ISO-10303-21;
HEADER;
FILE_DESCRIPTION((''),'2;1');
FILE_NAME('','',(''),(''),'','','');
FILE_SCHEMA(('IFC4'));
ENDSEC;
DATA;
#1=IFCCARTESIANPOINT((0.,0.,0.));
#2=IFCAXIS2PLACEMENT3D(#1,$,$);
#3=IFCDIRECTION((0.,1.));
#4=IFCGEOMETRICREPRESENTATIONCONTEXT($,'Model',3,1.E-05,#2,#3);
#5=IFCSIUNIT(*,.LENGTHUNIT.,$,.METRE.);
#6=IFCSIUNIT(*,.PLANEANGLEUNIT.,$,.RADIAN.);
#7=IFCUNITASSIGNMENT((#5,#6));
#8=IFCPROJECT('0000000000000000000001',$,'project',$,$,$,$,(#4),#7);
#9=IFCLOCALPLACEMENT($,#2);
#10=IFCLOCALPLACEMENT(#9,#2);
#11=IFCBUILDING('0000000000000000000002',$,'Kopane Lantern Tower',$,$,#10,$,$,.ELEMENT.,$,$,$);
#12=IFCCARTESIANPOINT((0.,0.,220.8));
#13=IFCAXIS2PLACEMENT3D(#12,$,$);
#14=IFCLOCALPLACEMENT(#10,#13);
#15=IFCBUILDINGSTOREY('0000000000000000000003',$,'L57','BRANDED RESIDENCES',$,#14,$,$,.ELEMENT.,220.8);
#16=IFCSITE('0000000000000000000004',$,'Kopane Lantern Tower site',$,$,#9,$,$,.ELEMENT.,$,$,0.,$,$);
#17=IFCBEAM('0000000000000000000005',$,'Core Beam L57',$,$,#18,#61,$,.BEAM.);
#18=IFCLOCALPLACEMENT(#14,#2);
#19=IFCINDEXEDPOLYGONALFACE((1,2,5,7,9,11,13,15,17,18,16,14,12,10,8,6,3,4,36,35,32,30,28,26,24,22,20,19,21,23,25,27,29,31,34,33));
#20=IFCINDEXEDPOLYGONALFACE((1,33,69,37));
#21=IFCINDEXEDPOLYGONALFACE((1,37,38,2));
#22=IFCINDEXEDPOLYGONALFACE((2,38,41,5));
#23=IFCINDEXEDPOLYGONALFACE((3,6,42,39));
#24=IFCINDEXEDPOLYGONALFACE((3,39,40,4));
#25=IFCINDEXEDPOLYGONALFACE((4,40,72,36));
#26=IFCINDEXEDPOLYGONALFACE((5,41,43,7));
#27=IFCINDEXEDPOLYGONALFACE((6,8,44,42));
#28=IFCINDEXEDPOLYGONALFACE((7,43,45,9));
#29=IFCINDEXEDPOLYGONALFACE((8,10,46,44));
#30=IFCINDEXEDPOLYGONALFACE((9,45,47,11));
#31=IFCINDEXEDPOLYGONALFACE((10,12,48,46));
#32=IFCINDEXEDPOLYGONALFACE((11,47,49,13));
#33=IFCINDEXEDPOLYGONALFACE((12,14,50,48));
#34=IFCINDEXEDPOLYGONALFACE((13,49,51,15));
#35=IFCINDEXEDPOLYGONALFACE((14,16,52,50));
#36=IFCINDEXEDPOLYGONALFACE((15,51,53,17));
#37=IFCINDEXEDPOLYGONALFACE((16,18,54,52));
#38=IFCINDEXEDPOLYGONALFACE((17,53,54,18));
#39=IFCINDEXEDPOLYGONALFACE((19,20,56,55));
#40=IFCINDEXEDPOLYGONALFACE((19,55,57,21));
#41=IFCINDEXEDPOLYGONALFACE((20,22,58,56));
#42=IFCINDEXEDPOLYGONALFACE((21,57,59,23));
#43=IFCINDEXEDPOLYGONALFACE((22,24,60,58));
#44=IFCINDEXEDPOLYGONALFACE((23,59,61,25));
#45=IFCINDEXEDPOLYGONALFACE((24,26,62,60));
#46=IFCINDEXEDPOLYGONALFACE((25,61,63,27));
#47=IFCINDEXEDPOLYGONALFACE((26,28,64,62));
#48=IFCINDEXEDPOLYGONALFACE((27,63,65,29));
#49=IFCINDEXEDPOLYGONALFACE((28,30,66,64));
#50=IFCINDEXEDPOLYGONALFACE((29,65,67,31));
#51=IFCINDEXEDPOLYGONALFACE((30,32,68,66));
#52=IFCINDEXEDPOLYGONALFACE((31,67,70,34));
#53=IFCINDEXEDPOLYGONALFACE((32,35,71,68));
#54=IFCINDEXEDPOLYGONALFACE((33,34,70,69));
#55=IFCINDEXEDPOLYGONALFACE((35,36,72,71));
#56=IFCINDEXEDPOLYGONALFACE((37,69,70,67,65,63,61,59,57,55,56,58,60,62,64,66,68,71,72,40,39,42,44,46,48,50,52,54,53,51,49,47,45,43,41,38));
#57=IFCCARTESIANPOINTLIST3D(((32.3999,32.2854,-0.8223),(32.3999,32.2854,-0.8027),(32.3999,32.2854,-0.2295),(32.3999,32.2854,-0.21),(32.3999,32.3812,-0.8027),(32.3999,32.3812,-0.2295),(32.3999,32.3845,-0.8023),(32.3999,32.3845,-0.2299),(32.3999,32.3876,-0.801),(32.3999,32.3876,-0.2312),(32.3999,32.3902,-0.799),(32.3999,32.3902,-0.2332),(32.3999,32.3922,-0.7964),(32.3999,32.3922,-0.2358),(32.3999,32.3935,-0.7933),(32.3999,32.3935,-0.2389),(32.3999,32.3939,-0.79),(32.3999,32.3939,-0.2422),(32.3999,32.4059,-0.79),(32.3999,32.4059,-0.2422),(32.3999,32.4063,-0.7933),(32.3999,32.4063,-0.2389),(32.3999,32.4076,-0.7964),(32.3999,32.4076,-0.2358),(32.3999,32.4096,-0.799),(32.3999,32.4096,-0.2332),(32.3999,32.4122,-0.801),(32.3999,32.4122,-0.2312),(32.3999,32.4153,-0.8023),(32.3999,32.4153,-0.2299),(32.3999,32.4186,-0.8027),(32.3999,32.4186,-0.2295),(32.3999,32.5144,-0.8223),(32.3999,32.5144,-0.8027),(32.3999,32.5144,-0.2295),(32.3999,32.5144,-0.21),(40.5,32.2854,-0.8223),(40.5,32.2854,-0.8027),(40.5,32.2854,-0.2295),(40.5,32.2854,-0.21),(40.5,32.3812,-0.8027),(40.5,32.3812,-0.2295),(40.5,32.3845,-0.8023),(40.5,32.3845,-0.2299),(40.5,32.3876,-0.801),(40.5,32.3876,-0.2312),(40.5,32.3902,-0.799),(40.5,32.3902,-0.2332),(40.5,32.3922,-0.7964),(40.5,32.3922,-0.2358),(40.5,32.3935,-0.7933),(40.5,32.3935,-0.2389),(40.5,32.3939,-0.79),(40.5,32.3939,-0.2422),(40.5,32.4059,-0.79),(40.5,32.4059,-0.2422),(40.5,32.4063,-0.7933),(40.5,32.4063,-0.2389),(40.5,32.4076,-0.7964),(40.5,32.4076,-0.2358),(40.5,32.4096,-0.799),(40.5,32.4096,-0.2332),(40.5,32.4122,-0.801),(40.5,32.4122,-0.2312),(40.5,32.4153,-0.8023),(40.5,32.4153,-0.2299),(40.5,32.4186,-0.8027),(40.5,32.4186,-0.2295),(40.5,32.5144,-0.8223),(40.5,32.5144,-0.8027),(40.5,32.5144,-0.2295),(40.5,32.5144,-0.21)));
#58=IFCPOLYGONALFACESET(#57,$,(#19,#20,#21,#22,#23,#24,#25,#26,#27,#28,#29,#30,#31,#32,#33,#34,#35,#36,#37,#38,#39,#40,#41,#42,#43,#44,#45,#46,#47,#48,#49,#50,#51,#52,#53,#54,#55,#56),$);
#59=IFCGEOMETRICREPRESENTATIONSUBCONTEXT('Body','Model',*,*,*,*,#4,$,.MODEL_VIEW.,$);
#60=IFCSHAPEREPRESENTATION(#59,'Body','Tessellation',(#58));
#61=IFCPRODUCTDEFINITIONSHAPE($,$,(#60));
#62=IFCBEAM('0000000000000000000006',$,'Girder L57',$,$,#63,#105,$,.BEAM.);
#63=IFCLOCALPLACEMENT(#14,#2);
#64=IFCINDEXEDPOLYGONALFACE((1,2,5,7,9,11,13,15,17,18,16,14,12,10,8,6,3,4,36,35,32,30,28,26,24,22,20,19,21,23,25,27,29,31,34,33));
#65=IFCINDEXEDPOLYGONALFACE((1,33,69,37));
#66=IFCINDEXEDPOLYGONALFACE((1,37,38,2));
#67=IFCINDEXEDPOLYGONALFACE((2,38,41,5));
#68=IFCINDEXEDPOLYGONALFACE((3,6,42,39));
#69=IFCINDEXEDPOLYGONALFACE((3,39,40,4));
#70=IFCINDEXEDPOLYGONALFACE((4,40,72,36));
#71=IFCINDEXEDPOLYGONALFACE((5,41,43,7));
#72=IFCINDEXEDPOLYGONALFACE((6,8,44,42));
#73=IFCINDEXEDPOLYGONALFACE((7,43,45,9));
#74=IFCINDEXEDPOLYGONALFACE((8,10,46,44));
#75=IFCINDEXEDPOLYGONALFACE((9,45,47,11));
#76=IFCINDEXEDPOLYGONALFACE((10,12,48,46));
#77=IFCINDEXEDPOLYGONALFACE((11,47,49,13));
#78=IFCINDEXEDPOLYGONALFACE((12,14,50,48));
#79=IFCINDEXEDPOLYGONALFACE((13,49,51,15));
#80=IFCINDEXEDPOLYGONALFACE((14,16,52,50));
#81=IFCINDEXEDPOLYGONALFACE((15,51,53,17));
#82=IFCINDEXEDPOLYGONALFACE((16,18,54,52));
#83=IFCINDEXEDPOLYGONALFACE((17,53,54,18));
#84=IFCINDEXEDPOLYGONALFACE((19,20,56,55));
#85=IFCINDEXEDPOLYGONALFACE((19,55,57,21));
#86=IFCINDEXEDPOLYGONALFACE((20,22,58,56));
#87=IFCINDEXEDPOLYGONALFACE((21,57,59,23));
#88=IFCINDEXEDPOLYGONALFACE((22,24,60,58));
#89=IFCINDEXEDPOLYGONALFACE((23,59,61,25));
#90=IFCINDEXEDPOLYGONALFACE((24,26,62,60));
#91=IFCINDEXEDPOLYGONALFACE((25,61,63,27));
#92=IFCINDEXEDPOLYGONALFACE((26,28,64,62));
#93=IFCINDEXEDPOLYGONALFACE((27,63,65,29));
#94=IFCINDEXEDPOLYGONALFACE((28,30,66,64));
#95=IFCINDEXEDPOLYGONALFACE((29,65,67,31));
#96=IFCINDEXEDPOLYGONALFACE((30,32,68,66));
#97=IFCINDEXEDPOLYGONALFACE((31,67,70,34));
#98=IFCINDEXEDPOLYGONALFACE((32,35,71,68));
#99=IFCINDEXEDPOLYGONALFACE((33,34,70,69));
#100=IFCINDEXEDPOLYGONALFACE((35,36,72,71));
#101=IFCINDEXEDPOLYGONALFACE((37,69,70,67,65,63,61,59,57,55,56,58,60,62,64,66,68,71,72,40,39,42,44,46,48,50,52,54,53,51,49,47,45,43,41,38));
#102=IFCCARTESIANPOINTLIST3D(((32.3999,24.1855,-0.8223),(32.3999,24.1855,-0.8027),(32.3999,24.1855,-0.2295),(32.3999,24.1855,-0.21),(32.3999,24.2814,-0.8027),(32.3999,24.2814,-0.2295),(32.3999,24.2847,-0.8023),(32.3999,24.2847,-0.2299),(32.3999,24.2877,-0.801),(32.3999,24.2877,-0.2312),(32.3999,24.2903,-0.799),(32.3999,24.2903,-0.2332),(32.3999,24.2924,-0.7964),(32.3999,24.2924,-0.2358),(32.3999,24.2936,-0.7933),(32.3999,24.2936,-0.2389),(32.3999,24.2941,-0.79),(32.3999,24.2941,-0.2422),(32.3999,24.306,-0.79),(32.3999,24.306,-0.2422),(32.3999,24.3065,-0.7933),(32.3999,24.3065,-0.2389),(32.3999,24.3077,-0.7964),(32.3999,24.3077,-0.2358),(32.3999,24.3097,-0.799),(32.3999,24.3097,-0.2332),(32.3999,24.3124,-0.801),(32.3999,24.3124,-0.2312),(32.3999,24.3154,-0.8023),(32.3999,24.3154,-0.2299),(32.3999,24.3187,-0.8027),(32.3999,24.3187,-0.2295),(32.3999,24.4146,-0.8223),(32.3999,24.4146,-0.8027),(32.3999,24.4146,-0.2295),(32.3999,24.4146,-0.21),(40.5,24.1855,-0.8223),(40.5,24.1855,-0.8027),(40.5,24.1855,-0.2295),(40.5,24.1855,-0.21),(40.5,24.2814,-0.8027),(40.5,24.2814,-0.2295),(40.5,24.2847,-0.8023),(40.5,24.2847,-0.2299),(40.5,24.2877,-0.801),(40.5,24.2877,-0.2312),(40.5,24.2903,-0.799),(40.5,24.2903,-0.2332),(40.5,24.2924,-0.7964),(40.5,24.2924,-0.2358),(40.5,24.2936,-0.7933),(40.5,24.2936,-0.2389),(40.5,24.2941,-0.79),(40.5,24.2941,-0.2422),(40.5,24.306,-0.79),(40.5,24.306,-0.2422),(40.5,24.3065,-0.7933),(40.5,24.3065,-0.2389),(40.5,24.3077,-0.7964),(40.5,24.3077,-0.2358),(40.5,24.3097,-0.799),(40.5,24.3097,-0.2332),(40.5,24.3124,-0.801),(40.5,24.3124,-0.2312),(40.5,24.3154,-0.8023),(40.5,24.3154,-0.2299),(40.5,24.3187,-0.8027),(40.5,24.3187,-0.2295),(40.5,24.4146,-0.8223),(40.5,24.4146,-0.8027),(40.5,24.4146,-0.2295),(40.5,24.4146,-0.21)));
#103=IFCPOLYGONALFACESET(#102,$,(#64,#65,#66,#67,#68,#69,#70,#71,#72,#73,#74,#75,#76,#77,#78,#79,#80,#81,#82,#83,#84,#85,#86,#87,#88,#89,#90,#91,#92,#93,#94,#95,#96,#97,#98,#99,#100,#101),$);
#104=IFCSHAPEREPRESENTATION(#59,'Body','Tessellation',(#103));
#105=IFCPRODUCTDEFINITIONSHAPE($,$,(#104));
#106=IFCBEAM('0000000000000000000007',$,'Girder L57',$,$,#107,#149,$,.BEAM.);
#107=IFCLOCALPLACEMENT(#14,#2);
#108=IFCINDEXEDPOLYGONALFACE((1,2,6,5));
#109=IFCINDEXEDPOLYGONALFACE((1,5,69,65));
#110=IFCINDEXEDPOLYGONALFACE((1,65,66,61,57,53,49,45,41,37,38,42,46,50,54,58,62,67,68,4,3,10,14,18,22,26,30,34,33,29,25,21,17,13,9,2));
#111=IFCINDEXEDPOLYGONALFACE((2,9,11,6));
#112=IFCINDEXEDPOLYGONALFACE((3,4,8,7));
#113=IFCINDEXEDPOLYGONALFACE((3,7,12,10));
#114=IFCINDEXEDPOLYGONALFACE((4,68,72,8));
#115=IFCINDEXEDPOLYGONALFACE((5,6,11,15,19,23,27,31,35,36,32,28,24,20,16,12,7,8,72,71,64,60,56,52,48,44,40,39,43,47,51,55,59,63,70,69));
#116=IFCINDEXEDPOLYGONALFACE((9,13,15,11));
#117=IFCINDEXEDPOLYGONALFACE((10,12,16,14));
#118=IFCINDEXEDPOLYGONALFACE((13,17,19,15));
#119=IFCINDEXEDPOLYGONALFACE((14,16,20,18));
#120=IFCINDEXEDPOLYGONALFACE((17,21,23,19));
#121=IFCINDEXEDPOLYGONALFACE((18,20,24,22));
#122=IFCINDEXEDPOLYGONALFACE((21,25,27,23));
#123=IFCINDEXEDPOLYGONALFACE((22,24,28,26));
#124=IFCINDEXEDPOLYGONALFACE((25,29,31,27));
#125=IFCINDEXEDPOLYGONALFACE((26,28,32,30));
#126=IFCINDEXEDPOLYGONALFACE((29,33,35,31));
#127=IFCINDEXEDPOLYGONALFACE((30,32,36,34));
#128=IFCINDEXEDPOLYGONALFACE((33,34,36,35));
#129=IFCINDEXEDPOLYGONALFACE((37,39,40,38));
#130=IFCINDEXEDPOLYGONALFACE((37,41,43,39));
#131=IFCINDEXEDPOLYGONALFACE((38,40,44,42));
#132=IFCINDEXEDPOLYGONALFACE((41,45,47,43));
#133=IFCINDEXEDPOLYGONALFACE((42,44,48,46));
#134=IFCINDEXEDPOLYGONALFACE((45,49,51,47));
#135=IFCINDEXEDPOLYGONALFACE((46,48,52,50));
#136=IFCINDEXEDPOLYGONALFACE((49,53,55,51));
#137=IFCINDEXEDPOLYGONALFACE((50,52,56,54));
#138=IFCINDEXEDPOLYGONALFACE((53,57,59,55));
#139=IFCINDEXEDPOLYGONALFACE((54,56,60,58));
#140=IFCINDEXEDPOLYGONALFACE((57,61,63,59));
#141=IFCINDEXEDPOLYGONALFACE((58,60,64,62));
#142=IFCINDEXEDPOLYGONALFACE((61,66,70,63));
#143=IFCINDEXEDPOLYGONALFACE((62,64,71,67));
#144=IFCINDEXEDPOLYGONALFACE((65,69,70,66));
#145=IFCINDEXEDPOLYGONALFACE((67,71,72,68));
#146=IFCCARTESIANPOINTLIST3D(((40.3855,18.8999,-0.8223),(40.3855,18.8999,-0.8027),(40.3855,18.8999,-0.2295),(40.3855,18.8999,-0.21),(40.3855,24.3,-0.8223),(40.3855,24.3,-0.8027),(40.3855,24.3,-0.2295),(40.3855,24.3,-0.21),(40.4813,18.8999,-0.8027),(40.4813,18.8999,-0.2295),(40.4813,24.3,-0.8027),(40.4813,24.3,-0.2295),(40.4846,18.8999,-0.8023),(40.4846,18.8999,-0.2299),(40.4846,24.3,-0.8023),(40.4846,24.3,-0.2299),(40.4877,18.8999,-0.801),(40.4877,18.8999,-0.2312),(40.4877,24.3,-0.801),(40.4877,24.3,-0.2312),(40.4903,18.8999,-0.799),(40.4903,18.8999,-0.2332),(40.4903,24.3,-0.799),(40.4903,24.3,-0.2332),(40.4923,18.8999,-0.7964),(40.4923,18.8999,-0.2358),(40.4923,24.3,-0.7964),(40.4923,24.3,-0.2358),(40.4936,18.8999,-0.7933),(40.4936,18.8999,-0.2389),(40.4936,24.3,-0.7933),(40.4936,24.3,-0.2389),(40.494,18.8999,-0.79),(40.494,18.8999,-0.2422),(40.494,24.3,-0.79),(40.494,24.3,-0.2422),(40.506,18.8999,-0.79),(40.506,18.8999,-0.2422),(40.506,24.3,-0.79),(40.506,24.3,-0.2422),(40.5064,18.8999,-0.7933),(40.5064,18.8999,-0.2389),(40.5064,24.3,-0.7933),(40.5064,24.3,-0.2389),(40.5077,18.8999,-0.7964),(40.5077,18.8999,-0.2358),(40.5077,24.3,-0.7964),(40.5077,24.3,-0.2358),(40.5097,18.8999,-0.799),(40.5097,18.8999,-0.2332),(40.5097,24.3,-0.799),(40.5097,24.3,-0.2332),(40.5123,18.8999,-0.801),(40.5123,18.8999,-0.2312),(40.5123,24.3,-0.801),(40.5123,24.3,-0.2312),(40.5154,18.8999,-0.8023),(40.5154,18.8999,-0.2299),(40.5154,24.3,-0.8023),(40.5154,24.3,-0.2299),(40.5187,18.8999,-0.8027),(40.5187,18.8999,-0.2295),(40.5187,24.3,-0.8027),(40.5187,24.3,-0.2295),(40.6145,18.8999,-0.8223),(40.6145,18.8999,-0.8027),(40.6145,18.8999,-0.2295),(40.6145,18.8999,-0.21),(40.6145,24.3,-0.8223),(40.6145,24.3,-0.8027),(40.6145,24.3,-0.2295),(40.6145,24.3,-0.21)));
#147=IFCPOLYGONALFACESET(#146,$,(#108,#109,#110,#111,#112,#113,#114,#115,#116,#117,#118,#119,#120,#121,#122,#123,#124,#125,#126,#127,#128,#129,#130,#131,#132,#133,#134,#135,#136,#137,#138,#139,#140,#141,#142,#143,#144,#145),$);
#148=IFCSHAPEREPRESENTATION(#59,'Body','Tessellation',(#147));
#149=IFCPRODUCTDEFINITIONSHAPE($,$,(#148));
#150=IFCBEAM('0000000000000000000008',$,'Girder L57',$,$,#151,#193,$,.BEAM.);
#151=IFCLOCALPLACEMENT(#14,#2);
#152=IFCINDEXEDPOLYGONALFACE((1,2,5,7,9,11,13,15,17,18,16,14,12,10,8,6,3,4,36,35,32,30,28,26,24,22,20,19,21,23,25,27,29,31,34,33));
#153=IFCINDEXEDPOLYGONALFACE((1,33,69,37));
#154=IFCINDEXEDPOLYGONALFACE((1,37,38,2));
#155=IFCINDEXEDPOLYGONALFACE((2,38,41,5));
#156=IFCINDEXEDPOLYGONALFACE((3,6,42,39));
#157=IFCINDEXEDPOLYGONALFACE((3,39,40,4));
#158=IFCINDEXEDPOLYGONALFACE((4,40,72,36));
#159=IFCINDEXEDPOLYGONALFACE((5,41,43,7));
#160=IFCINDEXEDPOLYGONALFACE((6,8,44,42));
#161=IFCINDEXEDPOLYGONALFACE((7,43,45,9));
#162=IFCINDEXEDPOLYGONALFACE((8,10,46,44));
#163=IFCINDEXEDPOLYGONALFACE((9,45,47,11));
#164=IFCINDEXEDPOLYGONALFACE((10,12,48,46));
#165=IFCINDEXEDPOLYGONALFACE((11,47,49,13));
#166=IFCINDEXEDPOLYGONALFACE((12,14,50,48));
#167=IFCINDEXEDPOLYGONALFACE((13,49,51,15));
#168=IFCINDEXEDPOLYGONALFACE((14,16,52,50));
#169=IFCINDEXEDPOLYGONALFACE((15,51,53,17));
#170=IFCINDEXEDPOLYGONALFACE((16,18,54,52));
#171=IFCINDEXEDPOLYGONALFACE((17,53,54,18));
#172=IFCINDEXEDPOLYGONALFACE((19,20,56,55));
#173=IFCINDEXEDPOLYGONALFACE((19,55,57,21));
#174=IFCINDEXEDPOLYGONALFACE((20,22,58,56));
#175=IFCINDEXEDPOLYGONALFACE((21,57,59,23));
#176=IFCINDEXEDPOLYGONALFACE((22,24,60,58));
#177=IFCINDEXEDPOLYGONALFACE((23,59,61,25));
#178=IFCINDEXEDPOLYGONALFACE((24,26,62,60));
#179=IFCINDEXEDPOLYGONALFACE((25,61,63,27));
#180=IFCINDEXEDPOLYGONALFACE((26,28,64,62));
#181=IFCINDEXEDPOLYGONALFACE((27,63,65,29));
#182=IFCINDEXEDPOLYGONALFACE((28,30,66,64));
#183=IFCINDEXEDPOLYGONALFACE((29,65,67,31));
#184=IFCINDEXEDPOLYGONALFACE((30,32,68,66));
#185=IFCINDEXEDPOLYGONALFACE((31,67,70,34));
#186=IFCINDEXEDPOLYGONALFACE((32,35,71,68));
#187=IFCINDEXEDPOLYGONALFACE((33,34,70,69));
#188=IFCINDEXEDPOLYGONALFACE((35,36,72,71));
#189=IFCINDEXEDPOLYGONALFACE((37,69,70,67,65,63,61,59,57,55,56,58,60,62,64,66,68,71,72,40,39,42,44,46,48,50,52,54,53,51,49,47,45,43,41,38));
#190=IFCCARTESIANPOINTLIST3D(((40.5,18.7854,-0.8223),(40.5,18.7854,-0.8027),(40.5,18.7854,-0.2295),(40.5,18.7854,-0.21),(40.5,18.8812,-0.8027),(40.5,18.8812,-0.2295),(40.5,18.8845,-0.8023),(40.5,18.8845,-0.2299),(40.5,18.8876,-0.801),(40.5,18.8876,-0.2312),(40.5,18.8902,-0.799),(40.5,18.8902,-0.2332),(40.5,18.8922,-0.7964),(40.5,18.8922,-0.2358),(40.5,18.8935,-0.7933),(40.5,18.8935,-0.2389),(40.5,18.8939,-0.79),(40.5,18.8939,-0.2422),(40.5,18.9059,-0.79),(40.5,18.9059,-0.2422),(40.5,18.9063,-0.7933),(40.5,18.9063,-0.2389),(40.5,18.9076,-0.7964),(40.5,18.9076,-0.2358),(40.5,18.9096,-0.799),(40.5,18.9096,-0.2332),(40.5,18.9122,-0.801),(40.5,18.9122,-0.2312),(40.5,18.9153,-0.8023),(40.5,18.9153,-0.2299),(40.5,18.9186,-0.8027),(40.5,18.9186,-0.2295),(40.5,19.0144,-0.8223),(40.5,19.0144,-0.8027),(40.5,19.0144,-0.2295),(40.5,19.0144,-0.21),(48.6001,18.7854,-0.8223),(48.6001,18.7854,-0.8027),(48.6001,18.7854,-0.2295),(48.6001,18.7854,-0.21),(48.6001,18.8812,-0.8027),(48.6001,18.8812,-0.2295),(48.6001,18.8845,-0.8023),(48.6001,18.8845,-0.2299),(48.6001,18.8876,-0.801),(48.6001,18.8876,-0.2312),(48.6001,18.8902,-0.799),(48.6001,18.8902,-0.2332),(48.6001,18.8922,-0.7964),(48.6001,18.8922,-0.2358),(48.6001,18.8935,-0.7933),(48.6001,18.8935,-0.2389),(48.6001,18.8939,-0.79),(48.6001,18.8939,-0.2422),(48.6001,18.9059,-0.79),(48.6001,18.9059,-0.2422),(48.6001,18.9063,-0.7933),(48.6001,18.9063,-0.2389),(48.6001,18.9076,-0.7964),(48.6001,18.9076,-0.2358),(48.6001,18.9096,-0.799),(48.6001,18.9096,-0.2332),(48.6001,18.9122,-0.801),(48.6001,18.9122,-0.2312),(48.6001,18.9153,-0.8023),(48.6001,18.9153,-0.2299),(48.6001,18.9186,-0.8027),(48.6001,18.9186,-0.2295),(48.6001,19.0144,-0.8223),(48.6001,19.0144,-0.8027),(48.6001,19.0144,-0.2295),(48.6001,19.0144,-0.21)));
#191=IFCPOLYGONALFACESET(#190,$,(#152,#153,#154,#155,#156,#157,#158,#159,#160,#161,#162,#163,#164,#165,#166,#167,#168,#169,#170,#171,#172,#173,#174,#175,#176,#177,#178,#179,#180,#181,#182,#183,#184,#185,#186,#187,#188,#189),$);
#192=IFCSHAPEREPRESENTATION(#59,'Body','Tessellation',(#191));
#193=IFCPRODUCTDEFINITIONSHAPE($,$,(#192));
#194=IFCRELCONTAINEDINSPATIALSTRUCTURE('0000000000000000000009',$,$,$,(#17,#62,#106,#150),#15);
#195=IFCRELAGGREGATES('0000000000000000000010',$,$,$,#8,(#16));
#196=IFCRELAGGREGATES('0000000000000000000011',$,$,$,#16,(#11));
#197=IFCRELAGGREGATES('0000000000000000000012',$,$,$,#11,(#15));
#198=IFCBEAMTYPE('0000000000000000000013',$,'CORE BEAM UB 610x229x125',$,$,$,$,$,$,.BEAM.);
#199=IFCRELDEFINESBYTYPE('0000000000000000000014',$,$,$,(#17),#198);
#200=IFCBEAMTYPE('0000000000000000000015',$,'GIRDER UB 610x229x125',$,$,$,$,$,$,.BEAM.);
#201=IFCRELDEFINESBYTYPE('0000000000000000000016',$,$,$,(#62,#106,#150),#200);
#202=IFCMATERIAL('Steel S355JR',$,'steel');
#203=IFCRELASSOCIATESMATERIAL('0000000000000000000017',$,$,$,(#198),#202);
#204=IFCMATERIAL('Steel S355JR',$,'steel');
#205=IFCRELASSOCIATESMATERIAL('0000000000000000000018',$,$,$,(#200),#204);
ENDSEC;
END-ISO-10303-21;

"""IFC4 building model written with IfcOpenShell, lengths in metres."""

from ifc_helpers import new_model, si_unit, direction, frame, origin, origin_2d, place, context, subcontext, project, spatial, i_section, extrude, material, material_profile, profile_set, type_object, element, save


model = new_model("IFC4")

# Units and contexts
model_context = context("Model", 3, precision=1e-05, world=origin(), true_north=direction((0.0, 1.0)))
body_context = subcontext(model_context, "Body", "Model", "MODEL_VIEW")
ifc_project = project(units=[si_unit("LENGTHUNIT", "METRE"), si_unit("PLANEANGLEUNIT", "RADIAN")], contexts=[model_context])

# Site, building, storey
site_placement = place(None, origin())
site = spatial("IfcSite", under=ifc_project, at=site_placement, Name="Kopane Lantern Tower site", CompositionType="ELEMENT", RefElevation=0.0)
building_placement = place(site_placement, origin())
building = spatial("IfcBuilding", under=site, at=building_placement, Name="Kopane Lantern Tower", CompositionType="ELEMENT")
storey_placement = place(building_placement, frame((0.0, 0.0, 220.8)))
storey = spatial("IfcBuildingStorey", under=building, at=storey_placement, Name="L57", Description="BRANDED RESIDENCES", CompositionType="ELEMENT", Elevation=220.8)

# Beams
ifc_material_1 = material(Name="Steel S355JR", Category="steel")
ifc_material_profile_1 = material_profile(ifc_material_1, i_section(OverallWidth=0.229, OverallDepth=0.6123, WebThickness=0.012, FlangeThickness=0.0195, FilletRadius=0.0127, at=origin_2d()), Name="UB 610x229x125")
ifc_profile_set_1 = profile_set([ifc_material_profile_1], Name="Steel S355JR")
beam_type_1 = type_object("IfcBeamType", Name="CORE BEAM UB 610x229x125", PredefinedType="BEAM", material=ifc_profile_set_1)
for number, where, z_axis, x_axis, name in (
    (1, (32.3999, 32.3999, -0.5161), (1.0, 0.0, 0.0), (0.0, 1.0, 0.0), "Core Beam L57"),
):
    element("IfcBeam", number, at=place(storey_placement, frame(where, z_axis=z_axis, x_axis=x_axis)), inside=storey, type_object=beam_type_1, Name=name, PredefinedType="BEAM", context=body_context, shape_type="SweptSolid", body=[
        extrude(i_section(OverallWidth=0.229, OverallDepth=0.6123, WebThickness=0.012, FlangeThickness=0.0195, FilletRadius=0.0127, at=origin_2d()), origin(), (0.0, 0.0, 1.0), 8.1001),
    ])
ifc_material_2 = material(Name="Steel S355JR", Category="steel")
ifc_material_profile_2 = material_profile(ifc_material_2, i_section(OverallWidth=0.229, OverallDepth=0.6123, WebThickness=0.012, FlangeThickness=0.0195, FilletRadius=0.0127, at=origin_2d()), Name="UB 610x229x125")
ifc_profile_set_2 = profile_set([ifc_material_profile_2], Name="Steel S355JR")
beam_type_2 = type_object("IfcBeamType", Name="GIRDER UB 610x229x125", PredefinedType="BEAM", material=ifc_profile_set_2)
beam_1_placement = place(storey_placement, frame((32.3999, 24.3, -0.5161), z_axis=(1.0, 0.0, 0.0), x_axis=(0.0, 1.0, 0.0)))
element("IfcBeam", 2, at=beam_1_placement, inside=storey, type_object=beam_type_2, Name="Girder L57", PredefinedType="BEAM", context=body_context, shape_type="SweptSolid", body=[
    extrude(i_section(OverallWidth=0.229, OverallDepth=0.6123, WebThickness=0.012, FlangeThickness=0.0195, FilletRadius=0.0127, at=origin_2d()), origin(), (0.0, 0.0, 1.0), 8.1001),
])
beam_2_placement = place(storey_placement, frame((40.5, 18.8999, -0.5161), z_axis=(0.0, 1.0, 0.0), x_axis=(-1.0, 0.0, 0.0)))
element("IfcBeam", 3, at=beam_2_placement, inside=storey, type_object=beam_type_2, Name="Girder L57", PredefinedType="BEAM", context=body_context, shape_type="SweptSolid", body=[
    extrude(i_section(OverallWidth=0.229, OverallDepth=0.6123, WebThickness=0.012, FlangeThickness=0.0195, FilletRadius=0.0127, at=origin_2d()), origin(), (0.0, 0.0, 1.0), 5.4001),
])
beam_3_placement = place(storey_placement, frame((40.5, 18.8999, -0.5161), z_axis=(1.0, 0.0, 0.0), x_axis=(0.0, 1.0, 0.0)))
element("IfcBeam", 4, at=beam_3_placement, inside=storey, type_object=beam_type_2, Name="Girder L57", PredefinedType="BEAM", context=body_context, shape_type="SweptSolid", body=[
    extrude(i_section(OverallWidth=0.229, OverallDepth=0.6123, WebThickness=0.012, FlangeThickness=0.0195, FilletRadius=0.0127, at=origin_2d()), origin(), (0.0, 0.0, 1.0), 8.1001),
])

save(model, "model.ifc")
